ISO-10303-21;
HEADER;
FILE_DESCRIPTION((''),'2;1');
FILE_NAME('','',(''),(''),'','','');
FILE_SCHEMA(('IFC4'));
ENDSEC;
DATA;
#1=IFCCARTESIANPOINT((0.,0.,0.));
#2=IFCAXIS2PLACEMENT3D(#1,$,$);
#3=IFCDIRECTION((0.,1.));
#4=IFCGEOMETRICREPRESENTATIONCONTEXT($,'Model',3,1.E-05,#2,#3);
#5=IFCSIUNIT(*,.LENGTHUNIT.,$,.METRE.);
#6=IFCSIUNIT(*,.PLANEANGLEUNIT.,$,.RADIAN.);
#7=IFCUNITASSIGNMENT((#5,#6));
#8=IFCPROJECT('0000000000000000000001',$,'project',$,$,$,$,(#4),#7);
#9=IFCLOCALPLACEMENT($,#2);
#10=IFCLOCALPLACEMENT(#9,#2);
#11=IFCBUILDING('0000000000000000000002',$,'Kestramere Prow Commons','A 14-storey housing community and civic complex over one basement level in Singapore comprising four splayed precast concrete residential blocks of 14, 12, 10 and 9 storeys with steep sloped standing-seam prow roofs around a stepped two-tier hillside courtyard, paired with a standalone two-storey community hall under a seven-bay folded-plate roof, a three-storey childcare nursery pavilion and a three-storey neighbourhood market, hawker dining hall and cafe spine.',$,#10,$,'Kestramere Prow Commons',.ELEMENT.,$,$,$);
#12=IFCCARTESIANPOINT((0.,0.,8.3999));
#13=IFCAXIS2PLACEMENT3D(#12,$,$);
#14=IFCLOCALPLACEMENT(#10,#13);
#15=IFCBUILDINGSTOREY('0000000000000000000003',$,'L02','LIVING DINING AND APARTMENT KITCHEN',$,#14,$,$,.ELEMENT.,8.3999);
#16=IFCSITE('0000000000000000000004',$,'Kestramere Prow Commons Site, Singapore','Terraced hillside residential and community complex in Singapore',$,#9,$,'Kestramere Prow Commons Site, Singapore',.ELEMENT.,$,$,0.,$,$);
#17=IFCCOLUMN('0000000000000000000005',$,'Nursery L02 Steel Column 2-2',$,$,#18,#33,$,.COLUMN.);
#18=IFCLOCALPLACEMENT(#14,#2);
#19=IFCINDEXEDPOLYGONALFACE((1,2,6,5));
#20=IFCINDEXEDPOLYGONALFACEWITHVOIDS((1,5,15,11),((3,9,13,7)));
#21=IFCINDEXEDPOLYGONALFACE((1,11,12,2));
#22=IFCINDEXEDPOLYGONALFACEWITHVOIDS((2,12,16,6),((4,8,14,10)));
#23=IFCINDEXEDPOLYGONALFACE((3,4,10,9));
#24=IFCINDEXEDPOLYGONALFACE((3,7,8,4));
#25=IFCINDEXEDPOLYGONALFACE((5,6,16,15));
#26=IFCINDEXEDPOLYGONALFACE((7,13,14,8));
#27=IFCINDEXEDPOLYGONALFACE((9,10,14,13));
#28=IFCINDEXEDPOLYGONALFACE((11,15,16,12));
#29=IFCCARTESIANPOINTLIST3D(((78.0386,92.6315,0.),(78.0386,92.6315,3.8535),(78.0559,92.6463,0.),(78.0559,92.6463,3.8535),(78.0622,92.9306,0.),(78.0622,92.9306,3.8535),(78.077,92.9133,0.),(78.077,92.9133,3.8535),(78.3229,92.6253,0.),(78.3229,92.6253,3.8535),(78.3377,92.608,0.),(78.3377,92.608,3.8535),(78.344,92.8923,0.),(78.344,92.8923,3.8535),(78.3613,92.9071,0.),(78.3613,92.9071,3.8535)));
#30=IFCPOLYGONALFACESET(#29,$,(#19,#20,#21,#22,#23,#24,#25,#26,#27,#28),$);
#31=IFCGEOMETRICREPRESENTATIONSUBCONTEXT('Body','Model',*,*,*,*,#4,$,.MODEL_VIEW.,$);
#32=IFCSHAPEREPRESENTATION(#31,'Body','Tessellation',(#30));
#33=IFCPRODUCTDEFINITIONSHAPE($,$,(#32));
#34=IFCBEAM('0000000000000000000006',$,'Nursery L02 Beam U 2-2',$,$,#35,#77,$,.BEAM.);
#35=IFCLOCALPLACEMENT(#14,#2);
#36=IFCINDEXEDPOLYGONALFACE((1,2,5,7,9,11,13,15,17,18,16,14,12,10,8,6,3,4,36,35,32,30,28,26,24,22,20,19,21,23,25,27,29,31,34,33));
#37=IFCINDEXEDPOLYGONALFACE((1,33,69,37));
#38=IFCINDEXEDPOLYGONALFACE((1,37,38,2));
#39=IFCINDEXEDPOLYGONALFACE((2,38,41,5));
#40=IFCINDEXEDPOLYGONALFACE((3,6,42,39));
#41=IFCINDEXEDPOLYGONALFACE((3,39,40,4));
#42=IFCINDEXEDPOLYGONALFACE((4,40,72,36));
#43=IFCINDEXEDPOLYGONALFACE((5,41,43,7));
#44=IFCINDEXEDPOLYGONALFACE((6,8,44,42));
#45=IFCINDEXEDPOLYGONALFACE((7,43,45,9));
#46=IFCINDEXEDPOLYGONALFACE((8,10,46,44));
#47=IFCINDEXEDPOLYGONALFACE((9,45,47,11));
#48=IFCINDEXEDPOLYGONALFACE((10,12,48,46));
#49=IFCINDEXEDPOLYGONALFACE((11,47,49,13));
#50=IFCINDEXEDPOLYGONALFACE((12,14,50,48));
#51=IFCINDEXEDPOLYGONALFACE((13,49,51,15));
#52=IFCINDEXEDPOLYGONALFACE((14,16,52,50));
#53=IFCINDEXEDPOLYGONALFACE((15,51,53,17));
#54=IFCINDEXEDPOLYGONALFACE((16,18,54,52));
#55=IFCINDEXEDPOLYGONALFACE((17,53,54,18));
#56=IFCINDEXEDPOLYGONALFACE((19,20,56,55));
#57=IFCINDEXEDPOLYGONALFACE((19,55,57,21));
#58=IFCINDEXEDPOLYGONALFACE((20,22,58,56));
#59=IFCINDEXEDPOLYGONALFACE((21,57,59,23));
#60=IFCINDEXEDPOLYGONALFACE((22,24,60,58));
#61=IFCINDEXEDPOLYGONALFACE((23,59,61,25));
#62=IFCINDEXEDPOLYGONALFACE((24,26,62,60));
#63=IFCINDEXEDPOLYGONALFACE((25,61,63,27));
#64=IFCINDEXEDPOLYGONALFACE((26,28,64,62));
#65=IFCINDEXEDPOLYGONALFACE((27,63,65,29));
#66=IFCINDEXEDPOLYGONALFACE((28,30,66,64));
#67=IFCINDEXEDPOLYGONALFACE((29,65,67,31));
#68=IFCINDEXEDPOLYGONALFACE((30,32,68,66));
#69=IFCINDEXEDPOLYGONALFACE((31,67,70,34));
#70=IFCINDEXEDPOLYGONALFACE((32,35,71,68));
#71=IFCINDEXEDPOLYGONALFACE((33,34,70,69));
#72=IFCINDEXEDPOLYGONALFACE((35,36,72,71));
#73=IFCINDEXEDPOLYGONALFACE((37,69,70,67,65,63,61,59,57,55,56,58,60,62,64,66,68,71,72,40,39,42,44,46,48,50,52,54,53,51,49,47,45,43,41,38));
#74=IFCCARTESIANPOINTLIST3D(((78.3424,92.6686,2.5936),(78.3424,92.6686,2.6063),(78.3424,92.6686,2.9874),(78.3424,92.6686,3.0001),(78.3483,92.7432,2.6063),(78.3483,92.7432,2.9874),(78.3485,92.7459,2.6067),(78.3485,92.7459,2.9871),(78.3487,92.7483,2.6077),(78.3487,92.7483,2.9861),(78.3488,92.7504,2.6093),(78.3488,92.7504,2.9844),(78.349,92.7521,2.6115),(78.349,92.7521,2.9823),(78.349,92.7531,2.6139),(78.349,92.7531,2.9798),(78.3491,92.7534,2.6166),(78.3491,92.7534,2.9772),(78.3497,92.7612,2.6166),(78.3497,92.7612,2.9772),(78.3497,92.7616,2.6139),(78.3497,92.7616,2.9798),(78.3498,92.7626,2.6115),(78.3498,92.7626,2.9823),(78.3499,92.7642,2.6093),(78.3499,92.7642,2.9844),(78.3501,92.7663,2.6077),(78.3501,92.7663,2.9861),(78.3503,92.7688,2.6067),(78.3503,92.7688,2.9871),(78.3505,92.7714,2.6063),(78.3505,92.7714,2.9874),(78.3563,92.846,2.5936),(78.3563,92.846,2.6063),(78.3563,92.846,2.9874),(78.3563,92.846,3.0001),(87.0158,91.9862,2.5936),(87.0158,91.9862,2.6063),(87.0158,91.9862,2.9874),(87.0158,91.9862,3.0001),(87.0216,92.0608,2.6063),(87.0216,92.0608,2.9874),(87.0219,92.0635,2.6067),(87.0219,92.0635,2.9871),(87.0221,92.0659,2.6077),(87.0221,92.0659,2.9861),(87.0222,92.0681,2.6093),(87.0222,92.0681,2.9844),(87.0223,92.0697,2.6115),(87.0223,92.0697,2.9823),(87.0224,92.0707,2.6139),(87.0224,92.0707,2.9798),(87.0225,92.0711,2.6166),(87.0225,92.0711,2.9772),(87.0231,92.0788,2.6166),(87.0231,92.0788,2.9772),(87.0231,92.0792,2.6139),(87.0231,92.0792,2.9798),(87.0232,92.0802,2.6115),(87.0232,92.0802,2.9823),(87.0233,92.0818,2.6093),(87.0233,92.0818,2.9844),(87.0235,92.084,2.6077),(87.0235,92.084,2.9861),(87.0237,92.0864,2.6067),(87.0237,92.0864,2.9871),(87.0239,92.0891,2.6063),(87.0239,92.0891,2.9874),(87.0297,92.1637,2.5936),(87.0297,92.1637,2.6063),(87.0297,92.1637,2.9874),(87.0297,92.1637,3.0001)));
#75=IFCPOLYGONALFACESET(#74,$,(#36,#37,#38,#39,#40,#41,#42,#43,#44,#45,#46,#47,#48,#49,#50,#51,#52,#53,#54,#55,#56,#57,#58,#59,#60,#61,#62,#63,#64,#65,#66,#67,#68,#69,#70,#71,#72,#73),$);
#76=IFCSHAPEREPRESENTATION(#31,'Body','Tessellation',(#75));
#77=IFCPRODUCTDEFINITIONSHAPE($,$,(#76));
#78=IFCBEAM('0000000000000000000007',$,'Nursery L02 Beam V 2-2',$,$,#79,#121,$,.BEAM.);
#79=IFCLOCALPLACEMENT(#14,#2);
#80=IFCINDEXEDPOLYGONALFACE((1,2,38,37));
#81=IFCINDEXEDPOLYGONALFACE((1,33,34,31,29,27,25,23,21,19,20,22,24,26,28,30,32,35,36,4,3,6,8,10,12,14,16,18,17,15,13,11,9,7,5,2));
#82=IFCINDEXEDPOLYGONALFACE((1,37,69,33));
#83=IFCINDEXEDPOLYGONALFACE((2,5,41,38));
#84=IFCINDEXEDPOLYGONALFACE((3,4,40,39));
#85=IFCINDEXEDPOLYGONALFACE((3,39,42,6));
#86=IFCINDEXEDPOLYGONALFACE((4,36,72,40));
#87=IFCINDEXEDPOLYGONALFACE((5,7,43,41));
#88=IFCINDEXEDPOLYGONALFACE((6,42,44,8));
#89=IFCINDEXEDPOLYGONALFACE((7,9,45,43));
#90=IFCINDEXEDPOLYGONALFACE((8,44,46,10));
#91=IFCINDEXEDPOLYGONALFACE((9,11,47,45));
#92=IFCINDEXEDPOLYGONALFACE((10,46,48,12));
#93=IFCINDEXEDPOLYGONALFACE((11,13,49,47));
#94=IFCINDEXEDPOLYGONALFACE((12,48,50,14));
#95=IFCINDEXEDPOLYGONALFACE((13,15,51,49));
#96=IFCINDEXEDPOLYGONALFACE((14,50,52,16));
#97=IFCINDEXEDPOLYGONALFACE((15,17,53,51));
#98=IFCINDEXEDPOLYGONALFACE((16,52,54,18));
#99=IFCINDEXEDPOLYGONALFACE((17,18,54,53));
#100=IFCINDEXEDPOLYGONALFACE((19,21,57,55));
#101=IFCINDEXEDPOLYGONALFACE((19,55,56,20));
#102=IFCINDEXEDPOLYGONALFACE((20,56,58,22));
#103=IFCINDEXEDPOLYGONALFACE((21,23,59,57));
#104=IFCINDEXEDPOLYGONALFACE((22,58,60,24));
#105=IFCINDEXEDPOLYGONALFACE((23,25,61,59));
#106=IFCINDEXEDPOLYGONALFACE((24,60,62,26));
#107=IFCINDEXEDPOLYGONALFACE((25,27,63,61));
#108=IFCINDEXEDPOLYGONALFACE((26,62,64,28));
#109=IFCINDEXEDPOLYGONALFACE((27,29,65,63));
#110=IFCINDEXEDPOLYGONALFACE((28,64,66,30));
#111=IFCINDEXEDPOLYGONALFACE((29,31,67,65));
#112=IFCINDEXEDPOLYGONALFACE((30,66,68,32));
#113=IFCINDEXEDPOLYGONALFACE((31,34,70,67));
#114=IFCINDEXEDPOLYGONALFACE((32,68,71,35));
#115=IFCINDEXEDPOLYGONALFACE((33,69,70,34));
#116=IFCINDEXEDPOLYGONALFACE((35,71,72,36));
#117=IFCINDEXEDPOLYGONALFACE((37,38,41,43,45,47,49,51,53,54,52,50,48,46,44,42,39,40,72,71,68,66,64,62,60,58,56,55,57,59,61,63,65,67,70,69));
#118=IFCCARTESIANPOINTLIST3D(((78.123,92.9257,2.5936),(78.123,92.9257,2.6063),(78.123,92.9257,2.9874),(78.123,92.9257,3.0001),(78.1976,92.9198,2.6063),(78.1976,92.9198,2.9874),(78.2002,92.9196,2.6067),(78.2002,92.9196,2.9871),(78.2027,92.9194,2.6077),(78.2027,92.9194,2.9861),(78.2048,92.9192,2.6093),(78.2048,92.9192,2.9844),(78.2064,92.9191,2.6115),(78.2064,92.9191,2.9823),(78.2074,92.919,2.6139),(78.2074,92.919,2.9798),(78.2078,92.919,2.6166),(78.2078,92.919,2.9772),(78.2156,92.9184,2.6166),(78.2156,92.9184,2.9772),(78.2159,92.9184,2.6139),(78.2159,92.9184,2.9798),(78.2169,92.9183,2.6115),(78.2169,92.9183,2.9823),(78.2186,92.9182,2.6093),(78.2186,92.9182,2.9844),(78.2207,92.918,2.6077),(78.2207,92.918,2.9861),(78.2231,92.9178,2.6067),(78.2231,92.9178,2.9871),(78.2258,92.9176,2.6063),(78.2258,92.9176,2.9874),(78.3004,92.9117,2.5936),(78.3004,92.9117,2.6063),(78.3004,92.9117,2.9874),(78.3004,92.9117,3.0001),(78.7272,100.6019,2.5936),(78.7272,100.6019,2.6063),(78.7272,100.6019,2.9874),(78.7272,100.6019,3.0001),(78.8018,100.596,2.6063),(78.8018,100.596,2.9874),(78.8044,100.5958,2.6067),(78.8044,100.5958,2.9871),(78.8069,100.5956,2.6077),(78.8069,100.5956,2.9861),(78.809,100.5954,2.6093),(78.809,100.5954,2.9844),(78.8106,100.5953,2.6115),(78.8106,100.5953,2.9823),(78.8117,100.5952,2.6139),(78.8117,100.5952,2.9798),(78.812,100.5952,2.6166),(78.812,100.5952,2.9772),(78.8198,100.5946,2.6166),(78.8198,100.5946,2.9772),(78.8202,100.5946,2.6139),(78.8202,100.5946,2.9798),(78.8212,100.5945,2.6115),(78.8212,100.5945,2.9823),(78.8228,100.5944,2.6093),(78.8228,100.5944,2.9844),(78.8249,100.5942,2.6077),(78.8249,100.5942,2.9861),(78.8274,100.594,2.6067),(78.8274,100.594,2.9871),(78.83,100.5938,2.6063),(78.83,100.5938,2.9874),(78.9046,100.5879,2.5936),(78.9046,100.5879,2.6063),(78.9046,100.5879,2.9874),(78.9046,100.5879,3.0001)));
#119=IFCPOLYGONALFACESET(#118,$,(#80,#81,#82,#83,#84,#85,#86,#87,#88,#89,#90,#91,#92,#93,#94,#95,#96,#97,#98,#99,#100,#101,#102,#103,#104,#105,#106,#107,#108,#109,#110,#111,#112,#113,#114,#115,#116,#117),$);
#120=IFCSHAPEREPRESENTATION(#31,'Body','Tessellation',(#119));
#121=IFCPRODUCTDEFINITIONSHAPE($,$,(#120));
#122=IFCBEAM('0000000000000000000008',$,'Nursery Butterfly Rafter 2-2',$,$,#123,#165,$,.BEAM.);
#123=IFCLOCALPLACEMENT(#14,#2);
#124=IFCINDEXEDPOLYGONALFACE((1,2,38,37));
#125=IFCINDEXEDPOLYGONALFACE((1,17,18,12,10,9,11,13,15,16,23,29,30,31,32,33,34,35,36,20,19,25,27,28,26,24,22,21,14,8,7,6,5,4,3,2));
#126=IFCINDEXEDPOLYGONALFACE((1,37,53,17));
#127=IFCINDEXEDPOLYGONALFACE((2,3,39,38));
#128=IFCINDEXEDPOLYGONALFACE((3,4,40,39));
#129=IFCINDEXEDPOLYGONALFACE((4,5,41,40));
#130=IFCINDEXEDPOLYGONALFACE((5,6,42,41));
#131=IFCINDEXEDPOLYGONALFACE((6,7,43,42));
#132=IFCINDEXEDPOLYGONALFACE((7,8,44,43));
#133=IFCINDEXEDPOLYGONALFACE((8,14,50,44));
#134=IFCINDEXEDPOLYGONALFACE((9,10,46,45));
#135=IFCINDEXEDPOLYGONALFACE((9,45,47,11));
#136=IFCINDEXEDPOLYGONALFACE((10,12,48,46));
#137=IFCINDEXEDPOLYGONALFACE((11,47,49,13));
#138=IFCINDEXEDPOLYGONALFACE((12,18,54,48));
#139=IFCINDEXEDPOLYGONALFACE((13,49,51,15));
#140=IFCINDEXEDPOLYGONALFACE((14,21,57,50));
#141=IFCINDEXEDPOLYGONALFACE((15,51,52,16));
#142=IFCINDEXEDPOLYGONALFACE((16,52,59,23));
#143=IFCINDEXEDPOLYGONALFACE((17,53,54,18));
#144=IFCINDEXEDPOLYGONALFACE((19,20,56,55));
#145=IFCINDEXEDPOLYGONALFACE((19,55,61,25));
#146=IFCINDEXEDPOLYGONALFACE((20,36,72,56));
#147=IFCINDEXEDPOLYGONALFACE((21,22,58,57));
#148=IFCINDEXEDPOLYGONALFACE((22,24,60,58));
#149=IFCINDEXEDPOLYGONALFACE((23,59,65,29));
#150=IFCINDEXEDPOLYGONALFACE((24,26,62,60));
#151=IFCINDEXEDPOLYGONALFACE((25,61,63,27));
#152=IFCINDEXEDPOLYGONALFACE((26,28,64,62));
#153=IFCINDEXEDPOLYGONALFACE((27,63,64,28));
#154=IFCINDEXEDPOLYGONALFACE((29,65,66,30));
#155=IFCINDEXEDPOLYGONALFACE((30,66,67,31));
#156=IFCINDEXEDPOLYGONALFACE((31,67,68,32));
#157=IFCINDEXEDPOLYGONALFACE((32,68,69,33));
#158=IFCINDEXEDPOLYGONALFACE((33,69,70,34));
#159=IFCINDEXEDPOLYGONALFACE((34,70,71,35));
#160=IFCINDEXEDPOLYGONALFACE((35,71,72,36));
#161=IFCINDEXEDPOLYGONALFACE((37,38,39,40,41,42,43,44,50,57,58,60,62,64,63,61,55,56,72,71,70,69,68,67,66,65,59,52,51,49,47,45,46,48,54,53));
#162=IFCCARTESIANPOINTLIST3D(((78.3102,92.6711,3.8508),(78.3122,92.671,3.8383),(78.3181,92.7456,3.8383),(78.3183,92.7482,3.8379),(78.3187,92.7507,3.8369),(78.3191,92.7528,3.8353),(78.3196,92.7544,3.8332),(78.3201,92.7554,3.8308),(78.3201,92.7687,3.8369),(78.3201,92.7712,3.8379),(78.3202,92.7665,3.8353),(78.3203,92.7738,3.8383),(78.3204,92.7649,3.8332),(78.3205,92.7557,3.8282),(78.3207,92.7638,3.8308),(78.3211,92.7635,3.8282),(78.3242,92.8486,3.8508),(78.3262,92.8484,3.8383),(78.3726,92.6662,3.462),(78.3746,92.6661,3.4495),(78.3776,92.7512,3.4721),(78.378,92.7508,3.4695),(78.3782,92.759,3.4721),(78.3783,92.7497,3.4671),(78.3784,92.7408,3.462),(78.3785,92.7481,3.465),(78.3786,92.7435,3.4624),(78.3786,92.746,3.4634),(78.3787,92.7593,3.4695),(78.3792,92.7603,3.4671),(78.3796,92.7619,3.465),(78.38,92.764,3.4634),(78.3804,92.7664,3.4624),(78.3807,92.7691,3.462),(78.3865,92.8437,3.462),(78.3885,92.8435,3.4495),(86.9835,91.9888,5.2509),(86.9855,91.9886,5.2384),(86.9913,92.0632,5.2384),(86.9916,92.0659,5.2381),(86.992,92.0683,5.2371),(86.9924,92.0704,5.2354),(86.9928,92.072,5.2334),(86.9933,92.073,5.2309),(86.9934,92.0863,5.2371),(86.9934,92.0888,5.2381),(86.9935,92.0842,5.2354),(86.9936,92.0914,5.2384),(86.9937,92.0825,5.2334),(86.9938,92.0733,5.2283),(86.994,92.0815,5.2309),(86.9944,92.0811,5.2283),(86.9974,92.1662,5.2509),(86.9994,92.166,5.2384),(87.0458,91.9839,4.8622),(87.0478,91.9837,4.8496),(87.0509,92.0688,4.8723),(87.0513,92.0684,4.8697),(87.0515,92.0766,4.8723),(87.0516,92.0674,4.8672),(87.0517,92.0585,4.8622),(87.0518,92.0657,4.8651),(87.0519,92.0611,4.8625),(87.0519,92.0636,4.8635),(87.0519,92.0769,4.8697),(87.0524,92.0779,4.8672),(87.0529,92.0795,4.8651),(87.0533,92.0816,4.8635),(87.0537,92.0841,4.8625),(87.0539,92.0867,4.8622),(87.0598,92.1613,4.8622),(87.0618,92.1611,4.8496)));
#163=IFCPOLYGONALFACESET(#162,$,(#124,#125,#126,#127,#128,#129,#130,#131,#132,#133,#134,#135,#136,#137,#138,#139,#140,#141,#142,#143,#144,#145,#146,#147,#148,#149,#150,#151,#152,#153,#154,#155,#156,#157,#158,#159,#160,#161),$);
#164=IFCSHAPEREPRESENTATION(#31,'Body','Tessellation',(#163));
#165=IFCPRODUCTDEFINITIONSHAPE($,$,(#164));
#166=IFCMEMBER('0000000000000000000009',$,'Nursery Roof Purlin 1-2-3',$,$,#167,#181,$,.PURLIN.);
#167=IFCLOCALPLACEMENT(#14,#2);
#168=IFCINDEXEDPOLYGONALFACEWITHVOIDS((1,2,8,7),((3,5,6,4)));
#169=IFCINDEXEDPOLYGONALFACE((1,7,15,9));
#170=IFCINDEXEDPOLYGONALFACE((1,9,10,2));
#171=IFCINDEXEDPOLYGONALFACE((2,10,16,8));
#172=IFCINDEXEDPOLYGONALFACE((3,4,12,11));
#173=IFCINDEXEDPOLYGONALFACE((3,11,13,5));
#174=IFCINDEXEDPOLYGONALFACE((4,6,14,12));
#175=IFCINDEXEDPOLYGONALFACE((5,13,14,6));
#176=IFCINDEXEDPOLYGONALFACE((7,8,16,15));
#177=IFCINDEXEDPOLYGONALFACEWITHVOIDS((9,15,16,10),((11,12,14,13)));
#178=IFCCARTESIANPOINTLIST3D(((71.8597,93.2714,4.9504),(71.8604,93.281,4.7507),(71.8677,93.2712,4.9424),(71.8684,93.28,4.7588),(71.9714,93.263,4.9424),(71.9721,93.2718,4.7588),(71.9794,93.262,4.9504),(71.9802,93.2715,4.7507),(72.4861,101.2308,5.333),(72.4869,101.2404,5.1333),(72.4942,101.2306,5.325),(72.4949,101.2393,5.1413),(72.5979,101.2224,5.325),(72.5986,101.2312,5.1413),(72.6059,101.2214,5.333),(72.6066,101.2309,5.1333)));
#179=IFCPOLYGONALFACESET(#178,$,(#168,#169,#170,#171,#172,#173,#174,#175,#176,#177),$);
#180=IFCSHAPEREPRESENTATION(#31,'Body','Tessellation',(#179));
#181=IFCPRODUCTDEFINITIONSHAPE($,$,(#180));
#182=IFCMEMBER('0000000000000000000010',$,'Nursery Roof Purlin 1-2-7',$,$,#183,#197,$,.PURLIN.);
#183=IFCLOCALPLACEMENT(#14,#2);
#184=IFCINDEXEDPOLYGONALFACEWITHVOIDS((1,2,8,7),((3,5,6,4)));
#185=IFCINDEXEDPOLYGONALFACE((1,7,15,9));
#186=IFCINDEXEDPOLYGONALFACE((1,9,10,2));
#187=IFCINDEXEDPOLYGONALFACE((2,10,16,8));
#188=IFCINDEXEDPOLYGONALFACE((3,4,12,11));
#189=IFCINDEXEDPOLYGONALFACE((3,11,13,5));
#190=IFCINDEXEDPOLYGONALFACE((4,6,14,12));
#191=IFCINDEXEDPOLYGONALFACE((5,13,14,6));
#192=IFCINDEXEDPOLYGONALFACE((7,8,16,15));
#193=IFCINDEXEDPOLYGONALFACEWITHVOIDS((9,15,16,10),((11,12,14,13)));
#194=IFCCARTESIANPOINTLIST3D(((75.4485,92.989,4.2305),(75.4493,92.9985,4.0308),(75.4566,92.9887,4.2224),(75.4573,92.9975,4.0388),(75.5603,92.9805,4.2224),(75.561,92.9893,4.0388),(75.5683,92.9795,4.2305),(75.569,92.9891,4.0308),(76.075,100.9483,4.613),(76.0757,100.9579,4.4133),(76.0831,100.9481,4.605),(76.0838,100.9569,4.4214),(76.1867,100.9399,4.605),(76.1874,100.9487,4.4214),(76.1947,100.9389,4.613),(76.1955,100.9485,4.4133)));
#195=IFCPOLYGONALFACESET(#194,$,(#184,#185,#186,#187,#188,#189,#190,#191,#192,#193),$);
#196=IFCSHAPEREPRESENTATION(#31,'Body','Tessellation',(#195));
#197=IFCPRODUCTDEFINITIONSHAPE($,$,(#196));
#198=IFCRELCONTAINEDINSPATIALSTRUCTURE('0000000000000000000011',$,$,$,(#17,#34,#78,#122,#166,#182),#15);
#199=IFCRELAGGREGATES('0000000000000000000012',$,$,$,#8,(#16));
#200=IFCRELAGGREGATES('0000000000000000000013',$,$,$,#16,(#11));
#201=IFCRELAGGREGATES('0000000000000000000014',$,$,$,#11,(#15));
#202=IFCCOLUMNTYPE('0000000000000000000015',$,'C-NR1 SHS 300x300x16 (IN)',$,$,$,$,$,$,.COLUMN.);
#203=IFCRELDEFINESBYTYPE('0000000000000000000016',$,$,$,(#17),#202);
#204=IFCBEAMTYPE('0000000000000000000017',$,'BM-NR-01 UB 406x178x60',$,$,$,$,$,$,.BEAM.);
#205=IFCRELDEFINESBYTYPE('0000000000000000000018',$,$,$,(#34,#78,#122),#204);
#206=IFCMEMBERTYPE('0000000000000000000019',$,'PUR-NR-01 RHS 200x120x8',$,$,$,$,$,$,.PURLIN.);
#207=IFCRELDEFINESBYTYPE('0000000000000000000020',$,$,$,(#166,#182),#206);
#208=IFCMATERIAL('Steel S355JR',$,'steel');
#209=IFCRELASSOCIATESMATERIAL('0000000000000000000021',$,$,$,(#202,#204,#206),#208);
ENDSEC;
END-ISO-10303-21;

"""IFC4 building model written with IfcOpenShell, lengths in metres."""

from ifc_helpers import new_model, si_unit, direction, frame, origin, origin_2d, place, context, subcontext, project, spatial, hollow_rectangle, i_section, extrude, material, material_profile, profile_set, type_object, element, save


model = new_model("IFC4")

# Units and contexts
model_context = context("Model", 3, precision=1e-05, world=origin(), true_north=direction((0.0, 1.0)))
body_context = subcontext(model_context, "Body", "Model", "MODEL_VIEW")
ifc_project = project(units=[si_unit("LENGTHUNIT", "METRE"), si_unit("PLANEANGLEUNIT", "RADIAN")], contexts=[model_context])

# Site, building, storey
site_placement = place(None, origin())
site = spatial("IfcSite", under=ifc_project, at=site_placement, Name="Kestramere Prow Commons Site, Singapore", Description="Terraced hillside residential and community complex in Singapore", LongName="Kestramere Prow Commons Site, Singapore", CompositionType="ELEMENT", RefElevation=0.0)
building_placement = place(site_placement, origin())
building = spatial("IfcBuilding", under=site, at=building_placement, Name="Kestramere Prow Commons", Description="A 14-storey housing community and civic complex over one basement level in Singapore comprising four splayed precast concrete residential blocks of 14, 12, 10 and 9 storeys with steep sloped standing-seam prow roofs around a stepped two-tier hillside courtyard, paired with a standalone two-storey community hall under a seven-bay folded-plate roof, a three-storey childcare nursery pavilion and a three-storey neighbourhood market, hawker dining hall and cafe spine.", LongName="Kestramere Prow Commons", CompositionType="ELEMENT")
storey_placement = place(building_placement, frame((0.0, 0.0, 8.3999)))
storey = spatial("IfcBuildingStorey", under=building, at=storey_placement, Name="L02", Description="LIVING DINING AND APARTMENT KITCHEN", CompositionType="ELEMENT", Elevation=8.3999)

# Column
ifc_material_1 = material(Name="Steel S355JR", Category="steel")
ifc_material_profile_1 = material_profile(ifc_material_1, hollow_rectangle(XDim=0.3, YDim=0.3, WallThickness=0.0161, at=origin_2d()), Name="SHS 300x300x16")
ifc_profile_set_1 = profile_set([ifc_material_profile_1], Name="Steel S355JR")
column_type = type_object("IfcColumnType", Name="C-NR1 SHS 300x300x16 (IN)", PredefinedType="COLUMN", material=ifc_profile_set_1)
column_placement = place(storey_placement, frame((78.2, 92.7693, 0.0), z_axis=(0.0, 0.0, 1.0), x_axis=(0.996917, -0.078459, 0.0)))
element("IfcColumn", 1, at=column_placement, inside=storey, type_object=column_type, Name="Nursery L02 Steel Column 2-2", PredefinedType="COLUMN", context=body_context, shape_type="SweptSolid", body=[
    extrude(hollow_rectangle(XDim=0.3, YDim=0.3, WallThickness=0.0161, at=origin_2d()), origin(), (0.0, 0.0, 1.0), 3.8535),
])

# Beams
ifc_material_profile_2 = material_profile(ifc_material_1, i_section(OverallWidth=0.178, OverallDepth=0.4065, WebThickness=0.0078, FlangeThickness=0.0127, FilletRadius=0.0103, at=origin_2d()), Name="UB 406x178x60")
ifc_profile_set_2 = profile_set([ifc_material_profile_2], Name="Steel S355JR")
beam_type = type_object("IfcBeamType", Name="BM-NR-01 UB 406x178x60", PredefinedType="BEAM", material=ifc_profile_set_2)
beam_1_placement = place(storey_placement, frame((78.3494, 92.7573, 2.7969), z_axis=(0.996919, -0.078432, 0.0), x_axis=(0.078432, 0.996919, 0.0)))
element("IfcBeam", 2, at=beam_1_placement, inside=storey, type_object=beam_type, Name="Nursery L02 Beam U 2-2", PredefinedType="BEAM", context=body_context, shape_type="SweptSolid", body=[
    extrude(i_section(OverallWidth=0.178, OverallDepth=0.4065, WebThickness=0.0078, FlangeThickness=0.0127, FilletRadius=0.0103, at=origin_2d()), origin(), (0.0, 0.0, 1.0), 8.7002),
])
beam_2_placement = place(storey_placement, frame((78.2117, 92.9187, 2.7969), z_axis=(0.078474, 0.996916, 0.0), x_axis=(-0.996916, 0.078474, 0.0)))
element("IfcBeam", 3, at=beam_2_placement, inside=storey, type_object=beam_type, Name="Nursery L02 Beam V 2-2", PredefinedType="BEAM", context=body_context, shape_type="SweptSolid", body=[
    extrude(i_section(OverallWidth=0.178, OverallDepth=0.4065, WebThickness=0.0078, FlangeThickness=0.0127, FilletRadius=0.0103, at=origin_2d()), origin(), (0.0, 0.0, 1.0), 7.7),
])
beam_3_placement = place(storey_placement, frame((78.3494, 92.7573, 3.6501), z_axis=(0.984255, -0.077436, 0.158889), x_axis=(0.078432, 0.996919, 0.0)))
element("IfcBeam", 4, at=beam_3_placement, inside=storey, type_object=beam_type, Name="Nursery Butterfly Rafter 2-2", PredefinedType="BEAM", context=body_context, shape_type="SweptSolid", body=[
    extrude(i_section(OverallWidth=0.178, OverallDepth=0.4065, WebThickness=0.0078, FlangeThickness=0.0127, FilletRadius=0.0103, at=origin_2d()), origin(), (0.0, 0.0, 1.0), 8.812),
])

# Members
ifc_material_profile_3 = material_profile(ifc_material_1, hollow_rectangle(XDim=0.1201, YDim=0.2, WallThickness=0.0081, at=origin_2d()), Name="RHS 200x120x8")
ifc_profile_set_3 = profile_set([ifc_material_profile_3], Name="Steel S355JR")
member_type = type_object("IfcMemberType", Name="PUR-NR-01 RHS 200x120x8", PredefinedType="PURLIN", material=ifc_profile_set_3)
for number, where, z_axis, x_axis, name in (
    (5, (71.9199, 93.2715, 4.8506), (0.078374, 0.995774, 0.047861), (-0.996917, 0.078464, 0.0), "Nursery Roof Purlin 1-2-3"),
    (6, (75.5088, 92.989, 4.1306), (0.078374, 0.995774, 0.047861), (-0.996917, 0.078464, 0.0), "Nursery Roof Purlin 1-2-7"),
):
    element("IfcMember", number, at=place(storey_placement, frame(where, z_axis=z_axis, x_axis=x_axis)), inside=storey, type_object=member_type, Name=name, PredefinedType="PURLIN", context=body_context, shape_type="SweptSolid", body=[
        extrude(hollow_rectangle(XDim=0.1201, YDim=0.2, WallThickness=0.0081, at=origin_2d()), origin(), (0.0, 0.0, 1.0), 7.9932),
    ])

save(model, "model.ifc")
